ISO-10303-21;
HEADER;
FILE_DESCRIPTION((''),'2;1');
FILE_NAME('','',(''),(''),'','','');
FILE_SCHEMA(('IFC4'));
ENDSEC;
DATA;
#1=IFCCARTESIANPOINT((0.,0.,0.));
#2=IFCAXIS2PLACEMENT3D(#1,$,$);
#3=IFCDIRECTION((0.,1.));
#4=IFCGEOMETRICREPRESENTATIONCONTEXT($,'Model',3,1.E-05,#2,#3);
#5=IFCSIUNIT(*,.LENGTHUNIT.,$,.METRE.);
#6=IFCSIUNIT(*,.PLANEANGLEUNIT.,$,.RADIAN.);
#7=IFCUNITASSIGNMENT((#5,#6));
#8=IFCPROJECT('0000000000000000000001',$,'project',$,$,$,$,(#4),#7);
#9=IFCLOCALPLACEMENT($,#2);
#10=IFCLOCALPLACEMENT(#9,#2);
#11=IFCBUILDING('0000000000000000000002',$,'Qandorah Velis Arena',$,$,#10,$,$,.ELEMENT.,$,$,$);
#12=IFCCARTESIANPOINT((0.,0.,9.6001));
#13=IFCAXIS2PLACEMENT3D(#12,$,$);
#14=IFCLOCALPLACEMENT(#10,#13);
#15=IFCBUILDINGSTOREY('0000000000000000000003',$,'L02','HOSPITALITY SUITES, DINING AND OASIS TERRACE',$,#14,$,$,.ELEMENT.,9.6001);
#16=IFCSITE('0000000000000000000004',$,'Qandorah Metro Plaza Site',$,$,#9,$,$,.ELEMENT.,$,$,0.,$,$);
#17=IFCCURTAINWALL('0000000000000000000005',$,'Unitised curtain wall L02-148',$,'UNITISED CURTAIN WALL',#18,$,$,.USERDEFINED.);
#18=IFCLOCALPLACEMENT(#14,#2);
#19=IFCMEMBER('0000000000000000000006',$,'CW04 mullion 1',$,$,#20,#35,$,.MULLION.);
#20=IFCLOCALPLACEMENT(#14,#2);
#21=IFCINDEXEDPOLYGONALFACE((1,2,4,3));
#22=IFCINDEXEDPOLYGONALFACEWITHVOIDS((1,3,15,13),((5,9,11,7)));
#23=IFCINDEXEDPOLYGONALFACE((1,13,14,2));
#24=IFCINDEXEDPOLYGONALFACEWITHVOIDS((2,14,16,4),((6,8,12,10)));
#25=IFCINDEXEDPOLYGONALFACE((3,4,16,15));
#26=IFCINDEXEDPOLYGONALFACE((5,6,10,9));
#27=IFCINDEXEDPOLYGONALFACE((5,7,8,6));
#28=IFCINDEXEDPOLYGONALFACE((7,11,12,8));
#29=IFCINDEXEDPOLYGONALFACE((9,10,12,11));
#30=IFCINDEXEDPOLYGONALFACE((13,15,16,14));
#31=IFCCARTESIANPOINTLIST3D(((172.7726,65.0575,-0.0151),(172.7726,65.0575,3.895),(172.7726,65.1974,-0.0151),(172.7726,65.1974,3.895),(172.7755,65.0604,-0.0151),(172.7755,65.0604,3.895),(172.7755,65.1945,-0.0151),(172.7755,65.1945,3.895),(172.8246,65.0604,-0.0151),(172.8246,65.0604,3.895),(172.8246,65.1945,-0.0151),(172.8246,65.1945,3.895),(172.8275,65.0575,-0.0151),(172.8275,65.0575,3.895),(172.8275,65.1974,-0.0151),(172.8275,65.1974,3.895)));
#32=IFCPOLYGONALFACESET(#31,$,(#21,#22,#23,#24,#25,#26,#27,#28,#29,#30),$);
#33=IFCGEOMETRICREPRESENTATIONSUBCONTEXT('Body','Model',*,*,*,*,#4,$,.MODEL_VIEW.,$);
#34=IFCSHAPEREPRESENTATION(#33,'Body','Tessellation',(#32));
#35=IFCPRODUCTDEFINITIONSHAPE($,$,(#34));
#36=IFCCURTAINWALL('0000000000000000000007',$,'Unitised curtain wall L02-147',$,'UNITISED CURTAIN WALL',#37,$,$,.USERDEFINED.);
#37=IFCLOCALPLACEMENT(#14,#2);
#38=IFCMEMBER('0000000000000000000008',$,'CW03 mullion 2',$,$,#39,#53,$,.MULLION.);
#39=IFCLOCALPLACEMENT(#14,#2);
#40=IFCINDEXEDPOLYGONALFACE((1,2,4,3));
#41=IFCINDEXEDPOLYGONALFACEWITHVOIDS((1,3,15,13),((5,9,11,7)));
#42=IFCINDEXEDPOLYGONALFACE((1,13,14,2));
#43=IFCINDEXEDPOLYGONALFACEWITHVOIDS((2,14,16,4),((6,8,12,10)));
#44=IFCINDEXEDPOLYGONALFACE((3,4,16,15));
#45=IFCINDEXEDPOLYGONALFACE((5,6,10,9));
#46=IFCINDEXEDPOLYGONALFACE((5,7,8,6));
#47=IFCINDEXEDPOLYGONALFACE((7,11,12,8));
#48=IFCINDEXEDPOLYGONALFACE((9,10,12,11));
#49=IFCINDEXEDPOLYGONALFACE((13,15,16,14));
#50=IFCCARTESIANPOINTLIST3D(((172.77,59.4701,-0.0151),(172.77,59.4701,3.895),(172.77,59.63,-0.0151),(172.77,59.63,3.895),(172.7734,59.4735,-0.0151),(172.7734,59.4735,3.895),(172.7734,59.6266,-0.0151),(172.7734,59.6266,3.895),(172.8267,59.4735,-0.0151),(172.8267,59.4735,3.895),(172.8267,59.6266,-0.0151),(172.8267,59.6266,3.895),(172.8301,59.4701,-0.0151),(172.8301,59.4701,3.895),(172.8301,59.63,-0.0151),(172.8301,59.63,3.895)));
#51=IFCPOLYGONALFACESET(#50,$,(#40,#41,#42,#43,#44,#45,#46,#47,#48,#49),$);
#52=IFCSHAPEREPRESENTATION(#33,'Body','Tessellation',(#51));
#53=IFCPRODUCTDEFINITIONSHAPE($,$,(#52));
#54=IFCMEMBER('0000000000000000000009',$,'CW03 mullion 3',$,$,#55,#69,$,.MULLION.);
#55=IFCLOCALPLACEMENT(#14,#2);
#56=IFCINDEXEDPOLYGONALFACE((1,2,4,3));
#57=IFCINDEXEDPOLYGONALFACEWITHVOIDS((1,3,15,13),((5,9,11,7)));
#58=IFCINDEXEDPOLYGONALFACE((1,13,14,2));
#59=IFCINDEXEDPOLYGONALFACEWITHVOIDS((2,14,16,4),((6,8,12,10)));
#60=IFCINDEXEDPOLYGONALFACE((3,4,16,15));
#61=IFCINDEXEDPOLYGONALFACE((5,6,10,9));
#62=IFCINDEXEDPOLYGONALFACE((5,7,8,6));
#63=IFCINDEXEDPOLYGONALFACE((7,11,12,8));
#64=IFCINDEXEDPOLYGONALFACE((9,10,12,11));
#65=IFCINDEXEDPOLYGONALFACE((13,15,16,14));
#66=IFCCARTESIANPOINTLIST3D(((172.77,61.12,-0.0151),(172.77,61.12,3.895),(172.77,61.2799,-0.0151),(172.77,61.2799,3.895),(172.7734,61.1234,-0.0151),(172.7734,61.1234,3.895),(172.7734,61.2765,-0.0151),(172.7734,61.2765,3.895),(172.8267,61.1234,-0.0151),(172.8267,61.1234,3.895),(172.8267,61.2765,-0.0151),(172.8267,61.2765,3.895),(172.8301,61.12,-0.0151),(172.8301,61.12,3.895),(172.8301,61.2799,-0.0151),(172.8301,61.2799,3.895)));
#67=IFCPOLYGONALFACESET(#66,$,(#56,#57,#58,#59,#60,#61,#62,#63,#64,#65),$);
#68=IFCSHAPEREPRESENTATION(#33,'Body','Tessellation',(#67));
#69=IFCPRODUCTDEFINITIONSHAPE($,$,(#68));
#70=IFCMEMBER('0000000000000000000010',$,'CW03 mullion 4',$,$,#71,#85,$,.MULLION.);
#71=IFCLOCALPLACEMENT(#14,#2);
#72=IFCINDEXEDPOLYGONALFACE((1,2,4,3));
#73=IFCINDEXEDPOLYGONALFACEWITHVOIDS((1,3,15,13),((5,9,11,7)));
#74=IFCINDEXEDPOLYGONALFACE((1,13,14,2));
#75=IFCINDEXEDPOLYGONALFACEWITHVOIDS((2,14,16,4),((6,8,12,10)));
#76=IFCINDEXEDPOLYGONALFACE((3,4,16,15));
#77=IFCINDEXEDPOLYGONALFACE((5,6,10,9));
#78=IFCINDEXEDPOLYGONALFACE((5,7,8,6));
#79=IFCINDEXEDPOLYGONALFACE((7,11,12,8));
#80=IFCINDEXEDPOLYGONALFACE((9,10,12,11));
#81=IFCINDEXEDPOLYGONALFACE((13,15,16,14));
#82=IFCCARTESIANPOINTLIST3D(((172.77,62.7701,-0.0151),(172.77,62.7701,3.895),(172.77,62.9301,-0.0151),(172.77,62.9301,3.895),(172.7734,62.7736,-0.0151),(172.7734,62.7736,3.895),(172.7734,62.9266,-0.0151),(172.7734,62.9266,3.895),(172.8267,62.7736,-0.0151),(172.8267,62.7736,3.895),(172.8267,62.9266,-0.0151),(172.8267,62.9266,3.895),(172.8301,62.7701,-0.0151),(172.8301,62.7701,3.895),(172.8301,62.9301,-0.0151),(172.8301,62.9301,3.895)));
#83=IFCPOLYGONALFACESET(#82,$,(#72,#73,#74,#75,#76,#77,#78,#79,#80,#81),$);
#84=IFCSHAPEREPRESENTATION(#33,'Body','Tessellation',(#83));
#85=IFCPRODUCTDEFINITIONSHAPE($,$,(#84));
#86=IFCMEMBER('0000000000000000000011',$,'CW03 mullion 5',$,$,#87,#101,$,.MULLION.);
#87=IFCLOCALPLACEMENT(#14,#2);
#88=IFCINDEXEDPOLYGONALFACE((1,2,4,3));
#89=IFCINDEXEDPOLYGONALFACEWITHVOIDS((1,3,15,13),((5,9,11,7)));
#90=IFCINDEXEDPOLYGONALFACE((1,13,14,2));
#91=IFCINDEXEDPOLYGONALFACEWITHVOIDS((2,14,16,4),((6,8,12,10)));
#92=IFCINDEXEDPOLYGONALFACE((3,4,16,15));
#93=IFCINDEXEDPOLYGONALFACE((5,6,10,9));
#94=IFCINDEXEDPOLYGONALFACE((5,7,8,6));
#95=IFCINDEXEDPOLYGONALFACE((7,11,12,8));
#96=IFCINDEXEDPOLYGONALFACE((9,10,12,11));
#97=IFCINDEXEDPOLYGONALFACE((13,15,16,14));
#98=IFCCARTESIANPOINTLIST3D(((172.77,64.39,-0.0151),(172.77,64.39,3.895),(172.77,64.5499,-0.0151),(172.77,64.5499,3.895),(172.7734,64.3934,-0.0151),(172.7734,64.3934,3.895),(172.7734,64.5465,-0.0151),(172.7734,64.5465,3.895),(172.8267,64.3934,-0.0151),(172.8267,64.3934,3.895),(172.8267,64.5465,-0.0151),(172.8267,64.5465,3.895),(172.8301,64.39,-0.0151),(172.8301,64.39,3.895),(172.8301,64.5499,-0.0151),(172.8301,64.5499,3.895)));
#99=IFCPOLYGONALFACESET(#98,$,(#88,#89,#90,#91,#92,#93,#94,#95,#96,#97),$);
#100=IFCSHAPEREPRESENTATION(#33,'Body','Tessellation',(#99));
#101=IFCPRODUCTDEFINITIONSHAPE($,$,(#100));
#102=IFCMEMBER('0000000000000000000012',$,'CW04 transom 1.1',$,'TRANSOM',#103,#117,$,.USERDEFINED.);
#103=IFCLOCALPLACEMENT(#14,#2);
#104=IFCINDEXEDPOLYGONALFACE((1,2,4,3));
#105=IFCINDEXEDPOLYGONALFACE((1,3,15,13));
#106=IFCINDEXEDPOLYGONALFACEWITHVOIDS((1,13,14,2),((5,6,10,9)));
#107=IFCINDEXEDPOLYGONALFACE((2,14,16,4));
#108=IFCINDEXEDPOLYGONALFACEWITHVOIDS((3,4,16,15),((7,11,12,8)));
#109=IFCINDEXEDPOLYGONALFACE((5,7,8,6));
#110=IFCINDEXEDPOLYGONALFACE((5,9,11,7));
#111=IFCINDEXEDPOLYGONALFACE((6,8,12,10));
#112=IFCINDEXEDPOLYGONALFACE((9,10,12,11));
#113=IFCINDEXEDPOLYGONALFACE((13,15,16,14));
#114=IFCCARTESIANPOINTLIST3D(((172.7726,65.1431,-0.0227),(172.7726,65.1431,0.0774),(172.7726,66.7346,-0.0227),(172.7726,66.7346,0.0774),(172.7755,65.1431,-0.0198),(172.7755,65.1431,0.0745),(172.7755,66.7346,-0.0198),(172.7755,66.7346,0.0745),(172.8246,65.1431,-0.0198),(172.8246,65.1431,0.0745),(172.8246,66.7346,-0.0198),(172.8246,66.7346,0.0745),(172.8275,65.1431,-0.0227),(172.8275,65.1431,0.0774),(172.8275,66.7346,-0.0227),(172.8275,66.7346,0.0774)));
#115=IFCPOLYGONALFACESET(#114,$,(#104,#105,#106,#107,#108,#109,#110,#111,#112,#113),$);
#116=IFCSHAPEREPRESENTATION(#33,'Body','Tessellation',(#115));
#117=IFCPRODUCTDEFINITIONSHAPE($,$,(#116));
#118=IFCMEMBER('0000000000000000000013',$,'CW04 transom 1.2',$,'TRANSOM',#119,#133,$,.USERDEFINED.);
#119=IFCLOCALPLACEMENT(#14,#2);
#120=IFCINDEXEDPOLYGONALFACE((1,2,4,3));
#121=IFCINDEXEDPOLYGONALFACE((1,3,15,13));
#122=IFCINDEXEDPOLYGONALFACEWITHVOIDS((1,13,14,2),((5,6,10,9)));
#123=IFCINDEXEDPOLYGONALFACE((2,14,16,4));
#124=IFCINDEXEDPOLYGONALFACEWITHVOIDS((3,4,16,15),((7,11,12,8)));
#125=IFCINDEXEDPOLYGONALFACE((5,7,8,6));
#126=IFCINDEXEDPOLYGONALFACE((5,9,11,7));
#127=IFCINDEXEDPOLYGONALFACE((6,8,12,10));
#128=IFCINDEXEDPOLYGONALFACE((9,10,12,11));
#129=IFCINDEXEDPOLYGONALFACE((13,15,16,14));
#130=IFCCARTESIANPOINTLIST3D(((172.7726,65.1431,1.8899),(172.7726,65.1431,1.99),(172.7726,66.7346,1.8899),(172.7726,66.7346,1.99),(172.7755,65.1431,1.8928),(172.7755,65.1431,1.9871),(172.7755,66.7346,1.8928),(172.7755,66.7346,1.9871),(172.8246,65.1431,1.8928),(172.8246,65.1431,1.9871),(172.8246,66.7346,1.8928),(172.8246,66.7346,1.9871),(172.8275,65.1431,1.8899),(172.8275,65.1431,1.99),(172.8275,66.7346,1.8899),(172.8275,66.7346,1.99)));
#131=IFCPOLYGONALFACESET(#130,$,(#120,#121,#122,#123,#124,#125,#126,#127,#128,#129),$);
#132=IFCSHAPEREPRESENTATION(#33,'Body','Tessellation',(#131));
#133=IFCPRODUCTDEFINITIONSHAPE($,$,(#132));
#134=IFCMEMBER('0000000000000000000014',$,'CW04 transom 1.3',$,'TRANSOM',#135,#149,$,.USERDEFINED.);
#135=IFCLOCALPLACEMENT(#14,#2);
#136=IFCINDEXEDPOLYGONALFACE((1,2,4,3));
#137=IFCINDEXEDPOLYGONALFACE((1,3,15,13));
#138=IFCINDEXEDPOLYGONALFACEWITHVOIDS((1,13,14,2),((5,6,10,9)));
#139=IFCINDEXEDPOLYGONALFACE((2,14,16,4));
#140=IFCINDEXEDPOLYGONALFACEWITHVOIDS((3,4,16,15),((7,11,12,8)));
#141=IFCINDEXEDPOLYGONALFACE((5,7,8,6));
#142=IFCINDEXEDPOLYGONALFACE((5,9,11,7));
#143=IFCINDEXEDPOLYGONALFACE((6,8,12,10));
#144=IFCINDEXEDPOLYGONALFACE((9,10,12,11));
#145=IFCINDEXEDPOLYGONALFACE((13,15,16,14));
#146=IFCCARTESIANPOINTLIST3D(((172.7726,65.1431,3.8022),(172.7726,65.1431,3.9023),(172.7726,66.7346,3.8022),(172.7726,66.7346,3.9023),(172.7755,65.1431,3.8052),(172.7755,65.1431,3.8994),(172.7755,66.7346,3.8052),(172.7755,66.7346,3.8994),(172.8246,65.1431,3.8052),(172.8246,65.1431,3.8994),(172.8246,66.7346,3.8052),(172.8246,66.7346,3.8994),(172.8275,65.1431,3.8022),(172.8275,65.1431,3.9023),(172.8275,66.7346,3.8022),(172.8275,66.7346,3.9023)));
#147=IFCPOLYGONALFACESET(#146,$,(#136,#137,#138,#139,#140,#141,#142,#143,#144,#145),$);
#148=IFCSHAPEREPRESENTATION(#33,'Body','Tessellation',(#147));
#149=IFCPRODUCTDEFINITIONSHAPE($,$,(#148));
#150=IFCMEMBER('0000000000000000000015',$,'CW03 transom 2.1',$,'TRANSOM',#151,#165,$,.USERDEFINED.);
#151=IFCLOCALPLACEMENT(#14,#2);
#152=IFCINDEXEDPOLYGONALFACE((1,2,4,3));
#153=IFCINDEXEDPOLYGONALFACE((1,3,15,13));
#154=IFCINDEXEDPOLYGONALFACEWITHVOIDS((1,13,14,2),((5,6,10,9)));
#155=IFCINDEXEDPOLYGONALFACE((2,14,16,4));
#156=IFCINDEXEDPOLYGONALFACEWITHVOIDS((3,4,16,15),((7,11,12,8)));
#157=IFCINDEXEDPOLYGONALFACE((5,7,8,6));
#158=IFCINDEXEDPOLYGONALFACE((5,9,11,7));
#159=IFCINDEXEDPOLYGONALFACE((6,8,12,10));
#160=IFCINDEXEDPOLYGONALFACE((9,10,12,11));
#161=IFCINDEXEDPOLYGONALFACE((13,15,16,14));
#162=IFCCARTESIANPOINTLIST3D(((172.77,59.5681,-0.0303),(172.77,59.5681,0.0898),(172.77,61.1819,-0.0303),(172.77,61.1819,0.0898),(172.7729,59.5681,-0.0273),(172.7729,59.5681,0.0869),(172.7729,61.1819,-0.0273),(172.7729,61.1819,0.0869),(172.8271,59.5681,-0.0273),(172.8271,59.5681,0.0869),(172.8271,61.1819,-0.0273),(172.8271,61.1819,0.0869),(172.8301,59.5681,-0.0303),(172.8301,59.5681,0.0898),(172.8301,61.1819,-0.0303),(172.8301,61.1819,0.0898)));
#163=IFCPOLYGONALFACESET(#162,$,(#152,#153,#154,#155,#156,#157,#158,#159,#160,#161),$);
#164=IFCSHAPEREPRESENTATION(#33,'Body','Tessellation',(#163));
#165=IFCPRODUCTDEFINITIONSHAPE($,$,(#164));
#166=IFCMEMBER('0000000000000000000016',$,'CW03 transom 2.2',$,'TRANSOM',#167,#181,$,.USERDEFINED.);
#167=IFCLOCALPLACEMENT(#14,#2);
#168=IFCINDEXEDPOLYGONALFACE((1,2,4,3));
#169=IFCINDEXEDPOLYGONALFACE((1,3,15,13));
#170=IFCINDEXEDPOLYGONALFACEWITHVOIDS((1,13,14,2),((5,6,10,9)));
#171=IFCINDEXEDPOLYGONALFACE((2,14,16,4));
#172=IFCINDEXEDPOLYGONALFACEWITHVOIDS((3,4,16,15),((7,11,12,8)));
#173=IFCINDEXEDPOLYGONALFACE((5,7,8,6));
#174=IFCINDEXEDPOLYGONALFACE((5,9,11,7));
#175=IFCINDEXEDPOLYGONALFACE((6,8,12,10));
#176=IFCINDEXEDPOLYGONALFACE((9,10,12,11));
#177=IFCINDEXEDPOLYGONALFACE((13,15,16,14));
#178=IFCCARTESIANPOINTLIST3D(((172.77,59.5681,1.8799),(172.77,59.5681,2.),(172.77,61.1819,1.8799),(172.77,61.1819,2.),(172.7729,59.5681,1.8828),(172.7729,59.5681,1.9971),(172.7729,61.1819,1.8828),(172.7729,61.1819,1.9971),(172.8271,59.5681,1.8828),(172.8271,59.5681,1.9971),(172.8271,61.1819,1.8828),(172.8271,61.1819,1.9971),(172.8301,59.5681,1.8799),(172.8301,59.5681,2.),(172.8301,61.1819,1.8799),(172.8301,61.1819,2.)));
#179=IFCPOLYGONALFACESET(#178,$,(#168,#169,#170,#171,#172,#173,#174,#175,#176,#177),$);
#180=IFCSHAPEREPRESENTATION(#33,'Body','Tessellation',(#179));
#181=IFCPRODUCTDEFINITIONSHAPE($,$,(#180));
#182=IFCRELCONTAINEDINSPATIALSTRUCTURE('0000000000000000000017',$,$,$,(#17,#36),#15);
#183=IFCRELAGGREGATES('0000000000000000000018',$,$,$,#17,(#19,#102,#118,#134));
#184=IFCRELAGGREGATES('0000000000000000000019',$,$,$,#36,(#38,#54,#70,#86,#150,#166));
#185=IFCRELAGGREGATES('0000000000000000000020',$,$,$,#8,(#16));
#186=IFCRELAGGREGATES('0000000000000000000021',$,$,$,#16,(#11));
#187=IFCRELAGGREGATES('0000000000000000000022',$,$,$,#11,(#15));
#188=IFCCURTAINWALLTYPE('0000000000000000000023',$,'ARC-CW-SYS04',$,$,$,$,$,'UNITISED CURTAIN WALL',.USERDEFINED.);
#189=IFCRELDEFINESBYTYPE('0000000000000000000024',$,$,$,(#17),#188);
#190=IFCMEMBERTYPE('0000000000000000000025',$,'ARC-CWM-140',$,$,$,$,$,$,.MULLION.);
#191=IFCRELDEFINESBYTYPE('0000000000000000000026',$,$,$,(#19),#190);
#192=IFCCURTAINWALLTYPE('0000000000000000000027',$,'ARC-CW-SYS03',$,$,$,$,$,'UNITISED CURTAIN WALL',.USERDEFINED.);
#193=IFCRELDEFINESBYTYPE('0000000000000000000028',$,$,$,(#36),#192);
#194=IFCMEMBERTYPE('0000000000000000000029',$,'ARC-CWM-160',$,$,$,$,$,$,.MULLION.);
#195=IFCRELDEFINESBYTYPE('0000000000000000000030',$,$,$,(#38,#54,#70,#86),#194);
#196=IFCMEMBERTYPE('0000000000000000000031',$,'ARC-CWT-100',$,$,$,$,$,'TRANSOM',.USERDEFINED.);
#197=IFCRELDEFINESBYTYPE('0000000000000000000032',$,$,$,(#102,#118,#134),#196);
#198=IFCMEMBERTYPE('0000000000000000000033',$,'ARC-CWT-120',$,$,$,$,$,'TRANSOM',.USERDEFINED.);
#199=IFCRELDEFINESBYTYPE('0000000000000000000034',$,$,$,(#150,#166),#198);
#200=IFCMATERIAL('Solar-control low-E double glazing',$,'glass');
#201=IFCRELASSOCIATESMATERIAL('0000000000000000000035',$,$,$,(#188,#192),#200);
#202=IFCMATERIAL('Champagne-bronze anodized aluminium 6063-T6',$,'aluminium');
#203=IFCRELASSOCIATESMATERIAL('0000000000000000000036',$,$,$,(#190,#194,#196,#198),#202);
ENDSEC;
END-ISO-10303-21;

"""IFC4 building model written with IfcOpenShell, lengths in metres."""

from ifc_helpers import new_model, si_unit, direction, frame, origin, origin_2d, place, context, subcontext, project, spatial, hollow_rectangle, extrude, material, material_profile, profile_set, type_object, element, aggregate, save


model = new_model("IFC4")

# Units and contexts
model_context = context("Model", 3, precision=1e-05, world=origin(), true_north=direction((0.0, 1.0)))
body_context = subcontext(model_context, "Body", "Model", "MODEL_VIEW")
ifc_project = project(units=[si_unit("LENGTHUNIT", "METRE"), si_unit("PLANEANGLEUNIT", "RADIAN")], contexts=[model_context])

# Site, building, storey
site_placement = place(None, origin())
site = spatial("IfcSite", under=ifc_project, at=site_placement, Name="Qandorah Metro Plaza Site", CompositionType="ELEMENT", RefElevation=0.0)
building_placement = place(site_placement, origin())
building = spatial("IfcBuilding", under=site, at=building_placement, Name="Qandorah Velis Arena", CompositionType="ELEMENT")
storey_placement = place(building_placement, frame((0.0, 0.0, 9.6001)))
storey = spatial("IfcBuildingStorey", under=building, at=storey_placement, Name="L02", Description="HOSPITALITY SUITES, DINING AND OASIS TERRACE", CompositionType="ELEMENT", Elevation=9.6001)

# Curtain wall, member
ifc_material_1 = material(Name="Solar-control low-E double glazing", Category="glass")
curtain_wall_type_1 = type_object("IfcCurtainWallType", Name="ARC-CW-SYS04", ElementType="UNITISED CURTAIN WALL", PredefinedType="USERDEFINED", material=ifc_material_1)
curtain_wall_1_placement = place(storey_placement, origin())
curtain_wall_1 = element("IfcCurtainWall", 1, at=curtain_wall_1_placement, inside=storey, type_object=curtain_wall_type_1, Name="Unitised curtain wall L02-148", ObjectType="UNITISED CURTAIN WALL", PredefinedType="USERDEFINED")
ifc_material_2 = material(Name="Champagne-bronze anodized aluminium 6063-T6", Category="aluminium")
ifc_material_profile_1 = material_profile(ifc_material_2, hollow_rectangle(XDim=0.0549, YDim=0.1399, WallThickness=0.0029, at=origin_2d()), Name="ALU MULLION 55x140")
ifc_profile_set_1 = profile_set([ifc_material_profile_1], Name="Champagne-bronze anodized aluminium 6063-T6")
member_type_1 = type_object("IfcMemberType", Name="ARC-CWM-140", PredefinedType="MULLION", material=ifc_profile_set_1)
member_1_placement = place(storey_placement, frame((172.8, 65.1274, -0.0151), z_axis=(0.0, 0.0, 1.0), x_axis=(-1.0, 0.0, 0.0)))
member_1 = element("IfcMember", 2, at=member_1_placement, type_object=member_type_1, Name="CW04 mullion 1", PredefinedType="MULLION", context=body_context, shape_type="SweptSolid", body=[
    extrude(hollow_rectangle(XDim=0.0549, YDim=0.1399, WallThickness=0.0029, at=origin_2d()), origin(), (0.0, 0.0, 1.0), 3.9102),
])

# Curtain wall, members
curtain_wall_type_2 = type_object("IfcCurtainWallType", Name="ARC-CW-SYS03", ElementType="UNITISED CURTAIN WALL", PredefinedType="USERDEFINED", material=ifc_material_1)
curtain_wall_2_placement = place(storey_placement, origin())
curtain_wall_2 = element("IfcCurtainWall", 3, at=curtain_wall_2_placement, inside=storey, type_object=curtain_wall_type_2, Name="Unitised curtain wall L02-147", ObjectType="UNITISED CURTAIN WALL", PredefinedType="USERDEFINED")
ifc_material_profile_2 = material_profile(ifc_material_2, hollow_rectangle(XDim=0.0601, YDim=0.1599, WallThickness=0.0034, at=origin_2d()), Name="ALU MULLION 60x160")
ifc_profile_set_2 = profile_set([ifc_material_profile_2], Name="Champagne-bronze anodized aluminium 6063-T6")
member_type_2 = type_object("IfcMemberType", Name="ARC-CWM-160", PredefinedType="MULLION", material=ifc_profile_set_2)
member_2_placement = place(storey_placement, frame((172.8, 59.55, -0.0151), z_axis=(0.0, 0.0, 1.0), x_axis=(-1.0, 0.0, 0.0)))
member_2 = element("IfcMember", 4, at=member_2_placement, type_object=member_type_2, Name="CW03 mullion 2", PredefinedType="MULLION", context=body_context, shape_type="SweptSolid", body=[
    extrude(hollow_rectangle(XDim=0.0601, YDim=0.1599, WallThickness=0.0034, at=origin_2d()), origin(), (0.0, 0.0, 1.0), 3.9102),
])
member_3_placement = place(storey_placement, frame((172.8, 61.2, -0.0151), z_axis=(0.0, 0.0, 1.0), x_axis=(-1.0, 0.0, 0.0)))
member_3 = element("IfcMember", 5, at=member_3_placement, type_object=member_type_2, Name="CW03 mullion 3", PredefinedType="MULLION", context=body_context, shape_type="SweptSolid", body=[
    extrude(hollow_rectangle(XDim=0.0601, YDim=0.1599, WallThickness=0.0034, at=origin_2d()), origin(), (0.0, 0.0, 1.0), 3.9102),
])
member_4_placement = place(storey_placement, frame((172.8, 62.8501, -0.0151), z_axis=(0.0, 0.0, 1.0), x_axis=(-1.0, 0.0, 0.0)))
member_4 = element("IfcMember", 6, at=member_4_placement, type_object=member_type_2, Name="CW03 mullion 4", PredefinedType="MULLION", context=body_context, shape_type="SweptSolid", body=[
    extrude(hollow_rectangle(XDim=0.0601, YDim=0.1599, WallThickness=0.0034, at=origin_2d()), origin(), (0.0, 0.0, 1.0), 3.9102),
])
member_5_placement = place(storey_placement, frame((172.8, 64.47, -0.0151), z_axis=(0.0, 0.0, 1.0), x_axis=(-1.0, 0.0, 0.0)))
member_5 = element("IfcMember", 7, at=member_5_placement, type_object=member_type_2, Name="CW03 mullion 5", PredefinedType="MULLION", context=body_context, shape_type="SweptSolid", body=[
    extrude(hollow_rectangle(XDim=0.0601, YDim=0.1599, WallThickness=0.0034, at=origin_2d()), origin(), (0.0, 0.0, 1.0), 3.9102),
])

# Members
ifc_material_profile_3 = material_profile(ifc_material_2, hollow_rectangle(XDim=0.0549, YDim=0.1001, WallThickness=0.0029, at=origin_2d()), Name="ALU TRANSOM 55x100")
ifc_profile_set_3 = profile_set([ifc_material_profile_3], Name="Champagne-bronze anodized aluminium 6063-T6")
member_type_3 = type_object("IfcMemberType", Name="ARC-CWT-100", ElementType="TRANSOM", PredefinedType="USERDEFINED", material=ifc_profile_set_3)
member_6_placement = place(storey_placement, frame((172.8, 65.1431, 0.0273), z_axis=(0.0, 1.0, 0.0), x_axis=(-1.0, 0.0, 0.0)))
member_6 = element("IfcMember", 8, at=member_6_placement, type_object=member_type_3, Name="CW04 transom 1.1", ObjectType="TRANSOM", PredefinedType="USERDEFINED", context=body_context, shape_type="SweptSolid", body=[
    extrude(hollow_rectangle(XDim=0.0549, YDim=0.1001, WallThickness=0.0029, at=origin_2d()), origin(), (0.0, 0.0, 1.0), 1.5916),
])
member_7_placement = place(storey_placement, frame((172.8, 65.1431, 1.9399), z_axis=(0.0, 1.0, 0.0), x_axis=(-1.0, 0.0, 0.0)))
member_7 = element("IfcMember", 9, at=member_7_placement, type_object=member_type_3, Name="CW04 transom 1.2", ObjectType="TRANSOM", PredefinedType="USERDEFINED", context=body_context, shape_type="SweptSolid", body=[
    extrude(hollow_rectangle(XDim=0.0549, YDim=0.1001, WallThickness=0.0029, at=origin_2d()), origin(), (0.0, 0.0, 1.0), 1.5916),
])
member_8_placement = place(storey_placement, frame((172.8, 65.1431, 3.8523), z_axis=(0.0, 1.0, 0.0), x_axis=(-1.0, 0.0, 0.0)))
member_8 = element("IfcMember", 10, at=member_8_placement, type_object=member_type_3, Name="CW04 transom 1.3", ObjectType="TRANSOM", PredefinedType="USERDEFINED", context=body_context, shape_type="SweptSolid", body=[
    extrude(hollow_rectangle(XDim=0.0549, YDim=0.1001, WallThickness=0.0029, at=origin_2d()), origin(), (0.0, 0.0, 1.0), 1.5916),
])
ifc_material_profile_4 = material_profile(ifc_material_2, hollow_rectangle(XDim=0.0601, YDim=0.1201, WallThickness=0.0029, at=origin_2d()), Name="ALU TRANSOM 60x120")
ifc_profile_set_4 = profile_set([ifc_material_profile_4], Name="Champagne-bronze anodized aluminium 6063-T6")
member_type_4 = type_object("IfcMemberType", Name="ARC-CWT-120", ElementType="TRANSOM", PredefinedType="USERDEFINED", material=ifc_profile_set_4)
member_9_placement = place(storey_placement, frame((172.8, 59.5681, 0.0298), z_axis=(0.0, 1.0, 0.0), x_axis=(-1.0, 0.0, 0.0)))
member_9 = element("IfcMember", 11, at=member_9_placement, type_object=member_type_4, Name="CW03 transom 2.1", ObjectType="TRANSOM", PredefinedType="USERDEFINED", context=body_context, shape_type="SweptSolid", body=[
    extrude(hollow_rectangle(XDim=0.0601, YDim=0.1201, WallThickness=0.0029, at=origin_2d()), origin(), (0.0, 0.0, 1.0), 1.6138),
])
member_10_placement = place(storey_placement, frame((172.8, 59.5681, 1.9399), z_axis=(0.0, 1.0, 0.0), x_axis=(-1.0, 0.0, 0.0)))
member_10 = element("IfcMember", 12, at=member_10_placement, type_object=member_type_4, Name="CW03 transom 2.2", ObjectType="TRANSOM", PredefinedType="USERDEFINED", context=body_context, shape_type="SweptSolid", body=[
    extrude(hollow_rectangle(XDim=0.0601, YDim=0.1201, WallThickness=0.0029, at=origin_2d()), origin(), (0.0, 0.0, 1.0), 1.6138),
])

aggregate(curtain_wall_1, [member_1, member_6, member_7, member_8])
aggregate(curtain_wall_2, [member_2, member_3, member_4, member_5, member_9, member_10])

save(model, "model.ifc")
